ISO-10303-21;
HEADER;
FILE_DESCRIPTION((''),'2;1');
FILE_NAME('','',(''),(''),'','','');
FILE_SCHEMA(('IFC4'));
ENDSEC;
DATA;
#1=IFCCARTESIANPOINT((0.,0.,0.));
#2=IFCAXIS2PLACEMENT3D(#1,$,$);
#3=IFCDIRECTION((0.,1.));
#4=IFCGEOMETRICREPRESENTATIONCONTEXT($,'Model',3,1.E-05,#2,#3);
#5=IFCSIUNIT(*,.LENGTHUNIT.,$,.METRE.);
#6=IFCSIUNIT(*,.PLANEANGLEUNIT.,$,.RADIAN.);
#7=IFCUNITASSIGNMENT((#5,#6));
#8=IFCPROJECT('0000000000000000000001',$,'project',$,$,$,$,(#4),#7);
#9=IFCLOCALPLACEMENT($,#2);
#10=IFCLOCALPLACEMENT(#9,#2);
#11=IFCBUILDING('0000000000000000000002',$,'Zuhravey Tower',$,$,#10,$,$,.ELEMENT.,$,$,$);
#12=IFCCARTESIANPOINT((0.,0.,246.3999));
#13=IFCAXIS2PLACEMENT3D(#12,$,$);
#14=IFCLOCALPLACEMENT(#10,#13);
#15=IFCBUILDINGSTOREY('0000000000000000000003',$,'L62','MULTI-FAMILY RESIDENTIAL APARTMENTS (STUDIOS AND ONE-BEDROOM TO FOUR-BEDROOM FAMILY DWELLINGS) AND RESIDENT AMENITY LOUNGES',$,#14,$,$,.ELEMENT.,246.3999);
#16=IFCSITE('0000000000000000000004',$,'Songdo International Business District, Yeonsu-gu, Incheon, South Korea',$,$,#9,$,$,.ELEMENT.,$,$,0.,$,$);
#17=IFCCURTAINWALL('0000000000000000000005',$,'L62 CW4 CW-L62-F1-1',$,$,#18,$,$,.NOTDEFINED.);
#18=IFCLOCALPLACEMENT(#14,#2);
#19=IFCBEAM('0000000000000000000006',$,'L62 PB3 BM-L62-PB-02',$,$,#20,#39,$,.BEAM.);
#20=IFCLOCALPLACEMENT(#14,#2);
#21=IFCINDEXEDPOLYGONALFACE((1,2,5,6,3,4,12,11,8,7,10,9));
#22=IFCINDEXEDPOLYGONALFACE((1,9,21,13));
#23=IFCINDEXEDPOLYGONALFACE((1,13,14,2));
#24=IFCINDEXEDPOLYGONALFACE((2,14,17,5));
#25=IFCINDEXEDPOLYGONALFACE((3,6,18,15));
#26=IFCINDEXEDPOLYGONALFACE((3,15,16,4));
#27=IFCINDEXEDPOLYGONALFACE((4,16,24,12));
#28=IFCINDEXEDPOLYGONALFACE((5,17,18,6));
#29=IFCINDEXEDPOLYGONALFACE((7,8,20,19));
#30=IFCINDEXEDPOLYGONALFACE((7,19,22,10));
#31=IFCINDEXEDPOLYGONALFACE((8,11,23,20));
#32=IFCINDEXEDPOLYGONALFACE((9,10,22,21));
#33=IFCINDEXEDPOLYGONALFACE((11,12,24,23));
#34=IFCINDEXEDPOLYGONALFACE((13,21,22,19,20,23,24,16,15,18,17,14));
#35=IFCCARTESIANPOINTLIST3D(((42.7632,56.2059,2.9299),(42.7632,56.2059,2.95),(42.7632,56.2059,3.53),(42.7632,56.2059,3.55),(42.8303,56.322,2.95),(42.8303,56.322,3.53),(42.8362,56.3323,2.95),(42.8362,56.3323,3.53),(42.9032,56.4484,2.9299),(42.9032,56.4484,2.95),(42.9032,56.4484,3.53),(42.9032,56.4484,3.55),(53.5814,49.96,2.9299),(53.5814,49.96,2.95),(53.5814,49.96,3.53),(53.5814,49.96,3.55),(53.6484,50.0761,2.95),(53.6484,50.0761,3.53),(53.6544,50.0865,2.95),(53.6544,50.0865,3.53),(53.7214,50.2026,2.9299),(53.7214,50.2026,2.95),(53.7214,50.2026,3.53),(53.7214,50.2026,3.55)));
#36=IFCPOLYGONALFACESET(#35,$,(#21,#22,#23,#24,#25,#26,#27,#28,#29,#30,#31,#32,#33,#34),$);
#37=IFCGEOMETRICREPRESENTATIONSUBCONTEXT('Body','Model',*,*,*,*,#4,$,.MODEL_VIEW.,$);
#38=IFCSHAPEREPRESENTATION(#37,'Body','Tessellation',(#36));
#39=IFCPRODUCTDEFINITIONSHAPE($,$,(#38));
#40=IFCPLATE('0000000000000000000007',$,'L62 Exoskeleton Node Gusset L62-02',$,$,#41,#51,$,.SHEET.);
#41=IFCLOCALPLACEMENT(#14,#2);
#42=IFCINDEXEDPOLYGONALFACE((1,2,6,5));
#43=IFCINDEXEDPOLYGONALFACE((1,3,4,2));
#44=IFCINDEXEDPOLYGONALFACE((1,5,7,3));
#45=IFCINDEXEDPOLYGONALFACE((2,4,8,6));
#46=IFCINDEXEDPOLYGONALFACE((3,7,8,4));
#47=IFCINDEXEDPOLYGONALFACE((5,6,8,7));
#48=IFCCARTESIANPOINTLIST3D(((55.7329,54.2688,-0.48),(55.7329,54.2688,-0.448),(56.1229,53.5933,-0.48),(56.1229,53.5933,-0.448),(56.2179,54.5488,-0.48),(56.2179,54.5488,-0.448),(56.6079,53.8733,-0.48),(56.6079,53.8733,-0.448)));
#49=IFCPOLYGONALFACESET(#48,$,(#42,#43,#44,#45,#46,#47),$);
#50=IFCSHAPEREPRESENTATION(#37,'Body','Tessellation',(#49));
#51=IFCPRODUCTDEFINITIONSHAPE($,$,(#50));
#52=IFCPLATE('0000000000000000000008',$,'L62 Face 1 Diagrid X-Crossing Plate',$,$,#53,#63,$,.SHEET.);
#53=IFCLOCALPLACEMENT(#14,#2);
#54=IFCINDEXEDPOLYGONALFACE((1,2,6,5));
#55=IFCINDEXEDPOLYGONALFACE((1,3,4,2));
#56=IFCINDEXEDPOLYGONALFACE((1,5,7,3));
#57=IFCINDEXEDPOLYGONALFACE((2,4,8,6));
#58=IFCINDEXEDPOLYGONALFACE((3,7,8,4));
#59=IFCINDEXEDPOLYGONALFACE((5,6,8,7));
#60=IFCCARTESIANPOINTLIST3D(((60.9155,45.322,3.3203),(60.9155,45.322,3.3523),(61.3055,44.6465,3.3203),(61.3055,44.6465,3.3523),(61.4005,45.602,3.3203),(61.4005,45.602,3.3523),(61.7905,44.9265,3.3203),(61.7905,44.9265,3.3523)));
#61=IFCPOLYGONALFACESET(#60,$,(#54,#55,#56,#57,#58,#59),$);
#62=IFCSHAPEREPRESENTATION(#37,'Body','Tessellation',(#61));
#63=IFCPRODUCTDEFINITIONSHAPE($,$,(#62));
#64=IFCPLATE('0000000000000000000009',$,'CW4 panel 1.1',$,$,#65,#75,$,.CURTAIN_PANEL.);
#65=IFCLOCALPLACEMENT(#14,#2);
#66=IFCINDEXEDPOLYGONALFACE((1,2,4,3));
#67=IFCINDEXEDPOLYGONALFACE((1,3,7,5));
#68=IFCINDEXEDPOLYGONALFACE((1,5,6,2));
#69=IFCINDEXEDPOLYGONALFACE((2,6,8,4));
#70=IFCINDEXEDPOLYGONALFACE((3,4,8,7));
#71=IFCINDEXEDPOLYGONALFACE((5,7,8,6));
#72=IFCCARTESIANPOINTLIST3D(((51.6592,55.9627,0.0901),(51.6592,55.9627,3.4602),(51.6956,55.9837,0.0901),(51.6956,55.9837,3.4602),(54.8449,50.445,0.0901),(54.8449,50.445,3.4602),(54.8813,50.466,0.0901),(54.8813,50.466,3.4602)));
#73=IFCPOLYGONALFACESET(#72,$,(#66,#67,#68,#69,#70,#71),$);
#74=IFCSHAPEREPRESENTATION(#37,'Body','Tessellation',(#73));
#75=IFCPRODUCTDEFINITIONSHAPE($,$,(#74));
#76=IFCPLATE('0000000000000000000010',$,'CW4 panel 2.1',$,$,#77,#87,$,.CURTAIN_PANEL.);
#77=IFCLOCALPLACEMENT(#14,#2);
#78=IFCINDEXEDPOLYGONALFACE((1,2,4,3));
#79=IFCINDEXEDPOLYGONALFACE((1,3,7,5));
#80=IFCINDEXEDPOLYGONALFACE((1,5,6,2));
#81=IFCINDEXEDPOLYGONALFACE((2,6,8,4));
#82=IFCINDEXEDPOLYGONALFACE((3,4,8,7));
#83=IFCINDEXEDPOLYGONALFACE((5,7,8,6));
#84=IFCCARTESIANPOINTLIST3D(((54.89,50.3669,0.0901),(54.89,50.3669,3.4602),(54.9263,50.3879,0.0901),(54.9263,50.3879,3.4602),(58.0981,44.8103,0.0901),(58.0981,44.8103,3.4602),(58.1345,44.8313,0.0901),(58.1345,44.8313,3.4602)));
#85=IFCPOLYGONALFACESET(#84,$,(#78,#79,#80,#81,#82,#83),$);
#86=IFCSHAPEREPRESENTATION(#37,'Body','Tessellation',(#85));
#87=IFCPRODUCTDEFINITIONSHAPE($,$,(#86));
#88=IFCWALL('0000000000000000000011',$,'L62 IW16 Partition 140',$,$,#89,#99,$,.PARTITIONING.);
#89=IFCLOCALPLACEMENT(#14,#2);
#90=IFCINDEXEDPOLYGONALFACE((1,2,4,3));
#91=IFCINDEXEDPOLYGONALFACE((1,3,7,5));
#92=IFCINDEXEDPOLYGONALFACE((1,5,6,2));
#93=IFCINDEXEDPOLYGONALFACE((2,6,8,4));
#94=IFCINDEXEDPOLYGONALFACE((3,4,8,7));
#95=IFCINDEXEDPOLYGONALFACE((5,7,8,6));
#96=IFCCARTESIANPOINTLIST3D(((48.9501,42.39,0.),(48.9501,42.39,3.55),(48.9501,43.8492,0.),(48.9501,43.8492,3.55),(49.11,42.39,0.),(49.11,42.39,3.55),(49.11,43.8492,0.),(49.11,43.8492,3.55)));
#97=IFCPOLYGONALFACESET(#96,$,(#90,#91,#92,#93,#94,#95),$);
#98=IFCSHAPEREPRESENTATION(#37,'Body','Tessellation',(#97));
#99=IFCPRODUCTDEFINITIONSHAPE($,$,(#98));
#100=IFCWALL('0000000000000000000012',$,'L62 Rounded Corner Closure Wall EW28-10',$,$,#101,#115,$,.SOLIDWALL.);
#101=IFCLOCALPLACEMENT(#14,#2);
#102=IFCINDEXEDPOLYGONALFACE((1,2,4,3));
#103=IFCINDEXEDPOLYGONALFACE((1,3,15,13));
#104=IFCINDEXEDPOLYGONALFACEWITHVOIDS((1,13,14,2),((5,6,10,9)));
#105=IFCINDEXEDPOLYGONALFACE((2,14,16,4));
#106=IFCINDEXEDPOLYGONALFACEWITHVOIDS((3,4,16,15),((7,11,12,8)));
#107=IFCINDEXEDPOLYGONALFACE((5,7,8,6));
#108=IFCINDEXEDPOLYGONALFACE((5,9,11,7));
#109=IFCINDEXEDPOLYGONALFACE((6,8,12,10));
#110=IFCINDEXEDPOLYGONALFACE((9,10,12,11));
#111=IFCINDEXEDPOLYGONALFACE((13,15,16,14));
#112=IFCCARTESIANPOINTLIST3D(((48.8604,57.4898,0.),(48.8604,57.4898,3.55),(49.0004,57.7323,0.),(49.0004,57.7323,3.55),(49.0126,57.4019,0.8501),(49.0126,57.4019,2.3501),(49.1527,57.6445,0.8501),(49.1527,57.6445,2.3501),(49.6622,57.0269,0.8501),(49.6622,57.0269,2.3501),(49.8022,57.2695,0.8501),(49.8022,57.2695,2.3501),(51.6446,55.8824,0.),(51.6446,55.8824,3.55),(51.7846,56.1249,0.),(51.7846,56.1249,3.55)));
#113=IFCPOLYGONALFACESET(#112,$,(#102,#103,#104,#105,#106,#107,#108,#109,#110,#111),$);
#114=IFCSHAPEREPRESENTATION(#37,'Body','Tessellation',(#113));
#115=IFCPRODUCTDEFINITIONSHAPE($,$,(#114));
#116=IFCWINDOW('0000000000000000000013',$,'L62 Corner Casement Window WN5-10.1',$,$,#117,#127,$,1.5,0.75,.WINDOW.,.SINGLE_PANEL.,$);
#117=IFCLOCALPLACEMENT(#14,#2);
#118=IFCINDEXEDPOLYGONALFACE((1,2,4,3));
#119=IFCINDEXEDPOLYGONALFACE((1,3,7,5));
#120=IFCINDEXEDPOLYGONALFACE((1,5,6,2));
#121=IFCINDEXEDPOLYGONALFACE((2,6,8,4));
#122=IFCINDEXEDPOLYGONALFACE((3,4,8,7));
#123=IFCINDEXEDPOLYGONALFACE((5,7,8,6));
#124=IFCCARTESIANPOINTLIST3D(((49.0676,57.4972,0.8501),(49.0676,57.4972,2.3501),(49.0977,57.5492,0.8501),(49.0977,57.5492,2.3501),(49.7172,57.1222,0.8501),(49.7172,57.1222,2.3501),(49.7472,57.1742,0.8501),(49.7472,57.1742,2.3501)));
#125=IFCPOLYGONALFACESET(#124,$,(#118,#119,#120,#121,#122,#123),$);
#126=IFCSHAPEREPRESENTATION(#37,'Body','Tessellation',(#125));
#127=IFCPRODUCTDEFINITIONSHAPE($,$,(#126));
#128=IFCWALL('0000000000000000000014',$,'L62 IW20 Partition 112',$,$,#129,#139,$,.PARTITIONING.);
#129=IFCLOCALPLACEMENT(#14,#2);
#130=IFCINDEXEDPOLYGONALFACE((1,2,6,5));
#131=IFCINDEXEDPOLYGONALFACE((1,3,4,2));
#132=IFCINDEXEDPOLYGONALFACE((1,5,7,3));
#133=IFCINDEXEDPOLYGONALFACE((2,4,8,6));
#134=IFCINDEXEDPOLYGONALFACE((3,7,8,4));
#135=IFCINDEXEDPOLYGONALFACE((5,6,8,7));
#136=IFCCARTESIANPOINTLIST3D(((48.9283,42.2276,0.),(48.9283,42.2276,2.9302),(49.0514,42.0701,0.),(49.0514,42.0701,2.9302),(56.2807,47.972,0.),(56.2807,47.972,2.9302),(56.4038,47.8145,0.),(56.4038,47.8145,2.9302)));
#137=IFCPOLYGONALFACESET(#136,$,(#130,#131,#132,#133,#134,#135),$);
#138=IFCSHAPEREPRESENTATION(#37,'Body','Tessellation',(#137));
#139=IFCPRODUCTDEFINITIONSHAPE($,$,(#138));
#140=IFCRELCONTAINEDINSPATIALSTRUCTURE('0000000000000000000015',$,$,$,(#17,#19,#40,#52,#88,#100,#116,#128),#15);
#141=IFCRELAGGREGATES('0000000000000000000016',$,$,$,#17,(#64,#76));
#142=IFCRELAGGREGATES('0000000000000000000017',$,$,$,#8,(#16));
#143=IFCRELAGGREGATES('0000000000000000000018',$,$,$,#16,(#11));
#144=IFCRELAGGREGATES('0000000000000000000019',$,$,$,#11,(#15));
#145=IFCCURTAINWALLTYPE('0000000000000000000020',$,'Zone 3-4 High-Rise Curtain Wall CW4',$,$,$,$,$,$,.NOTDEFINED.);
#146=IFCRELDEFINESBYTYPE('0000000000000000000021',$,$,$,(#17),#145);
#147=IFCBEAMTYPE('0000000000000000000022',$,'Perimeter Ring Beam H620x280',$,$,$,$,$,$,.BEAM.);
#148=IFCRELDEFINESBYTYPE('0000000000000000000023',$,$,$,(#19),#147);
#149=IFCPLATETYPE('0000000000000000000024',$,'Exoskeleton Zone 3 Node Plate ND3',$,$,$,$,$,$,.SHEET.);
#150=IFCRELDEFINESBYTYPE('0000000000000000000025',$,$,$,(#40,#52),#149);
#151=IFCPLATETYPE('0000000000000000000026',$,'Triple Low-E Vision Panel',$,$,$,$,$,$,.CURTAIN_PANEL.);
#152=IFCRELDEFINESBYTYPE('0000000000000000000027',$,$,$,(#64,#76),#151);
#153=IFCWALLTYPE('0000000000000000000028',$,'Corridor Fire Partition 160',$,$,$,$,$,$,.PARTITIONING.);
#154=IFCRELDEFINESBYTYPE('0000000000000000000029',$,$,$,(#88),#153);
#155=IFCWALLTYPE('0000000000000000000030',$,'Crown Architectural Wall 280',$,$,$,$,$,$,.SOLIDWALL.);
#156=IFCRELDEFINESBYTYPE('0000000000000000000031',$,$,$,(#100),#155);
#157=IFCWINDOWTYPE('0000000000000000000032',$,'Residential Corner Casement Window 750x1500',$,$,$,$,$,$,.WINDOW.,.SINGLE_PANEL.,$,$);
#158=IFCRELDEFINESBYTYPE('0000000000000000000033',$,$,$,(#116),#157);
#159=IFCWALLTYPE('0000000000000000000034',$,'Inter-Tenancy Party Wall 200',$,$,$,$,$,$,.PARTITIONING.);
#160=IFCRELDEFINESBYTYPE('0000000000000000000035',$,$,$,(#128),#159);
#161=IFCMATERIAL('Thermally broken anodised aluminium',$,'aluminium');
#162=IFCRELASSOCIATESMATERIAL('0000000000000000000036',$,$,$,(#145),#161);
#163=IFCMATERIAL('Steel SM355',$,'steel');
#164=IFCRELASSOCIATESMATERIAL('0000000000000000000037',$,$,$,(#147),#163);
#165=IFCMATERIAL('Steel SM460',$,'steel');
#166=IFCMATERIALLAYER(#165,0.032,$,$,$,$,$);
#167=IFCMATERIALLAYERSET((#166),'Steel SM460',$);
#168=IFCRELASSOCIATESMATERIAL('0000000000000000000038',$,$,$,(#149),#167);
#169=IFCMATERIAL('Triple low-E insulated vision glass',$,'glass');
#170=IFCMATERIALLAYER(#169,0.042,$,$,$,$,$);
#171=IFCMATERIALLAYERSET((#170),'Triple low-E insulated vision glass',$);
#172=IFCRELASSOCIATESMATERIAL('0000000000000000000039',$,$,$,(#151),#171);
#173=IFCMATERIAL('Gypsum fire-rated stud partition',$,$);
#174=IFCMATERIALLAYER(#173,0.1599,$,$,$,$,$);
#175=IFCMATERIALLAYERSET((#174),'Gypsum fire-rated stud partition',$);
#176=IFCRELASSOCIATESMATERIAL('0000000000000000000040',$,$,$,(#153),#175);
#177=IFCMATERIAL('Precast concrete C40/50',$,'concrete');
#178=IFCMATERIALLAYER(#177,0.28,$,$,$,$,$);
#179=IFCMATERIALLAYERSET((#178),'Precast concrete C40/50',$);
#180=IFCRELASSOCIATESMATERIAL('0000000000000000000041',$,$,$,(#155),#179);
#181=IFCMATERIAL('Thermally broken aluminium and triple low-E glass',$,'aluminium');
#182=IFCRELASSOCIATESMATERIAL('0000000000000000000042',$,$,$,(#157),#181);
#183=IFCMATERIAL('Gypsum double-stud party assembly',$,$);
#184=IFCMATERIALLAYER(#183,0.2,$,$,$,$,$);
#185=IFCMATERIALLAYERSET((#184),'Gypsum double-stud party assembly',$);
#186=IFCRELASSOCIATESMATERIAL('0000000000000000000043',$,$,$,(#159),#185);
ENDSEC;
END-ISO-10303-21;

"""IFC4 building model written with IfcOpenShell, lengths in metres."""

from ifc_helpers import new_model, si_unit, direction, frame, frame_2d, origin, origin_2d, place, context, subcontext, project, spatial, rectangle, i_section, extrude, material, layer, layer_set, material_profile, profile_set, type_object, element, fill, aggregate, save


model = new_model("IFC4")

# Units and contexts
model_context = context("Model", 3, precision=1e-05, world=origin(), true_north=direction((0.0, 1.0)))
body_context = subcontext(model_context, "Body", "Model", "MODEL_VIEW")
ifc_project = project(units=[si_unit("LENGTHUNIT", "METRE"), si_unit("PLANEANGLEUNIT", "RADIAN")], contexts=[model_context])

# Site, building, storey
site_placement = place(None, origin())
site = spatial("IfcSite", under=ifc_project, at=site_placement, Name="Songdo International Business District, Yeonsu-gu, Incheon, South Korea", CompositionType="ELEMENT", RefElevation=0.0)
building_placement = place(site_placement, origin())
building = spatial("IfcBuilding", under=site, at=building_placement, Name="Zuhravey Tower", CompositionType="ELEMENT")
storey_placement = place(building_placement, frame((0.0, 0.0, 246.3999)))
storey = spatial("IfcBuildingStorey", under=building, at=storey_placement, Name="L62", Description="MULTI-FAMILY RESIDENTIAL APARTMENTS (STUDIOS AND ONE-BEDROOM TO FOUR-BEDROOM FAMILY DWELLINGS) AND RESIDENT AMENITY LOUNGES", CompositionType="ELEMENT", Elevation=246.3999)

# Shared definitions
ifc_material_1 = material(Name="Thermally broken anodised aluminium", Category="aluminium")
curtain_wall_type = type_object("IfcCurtainWallType", Name="Zone 3-4 High-Rise Curtain Wall CW4", PredefinedType="NOTDEFINED", material=ifc_material_1)

# Curtain wall
curtain_wall_1_placement = place(storey_placement, origin())
curtain_wall_1 = element("IfcCurtainWall", 1, at=curtain_wall_1_placement, inside=storey, type_object=curtain_wall_type, Name="L62 CW4 CW-L62-F1-1", PredefinedType="NOTDEFINED")

# Shared definitions
ifc_material_2 = material(Name="Steel SM355", Category="steel")

# Beam
ifc_material_profile_1 = material_profile(ifc_material_2, i_section(OverallWidth=0.28, OverallDepth=0.6201, WebThickness=0.012, FlangeThickness=0.02, at=origin_2d()), Name="H-620x280x12x20")
ifc_profile_set_1 = profile_set([ifc_material_profile_1], Name="Steel SM355")
beam_type = type_object("IfcBeamType", Name="Perimeter Ring Beam H620x280", PredefinedType="BEAM", material=ifc_profile_set_1)
beam_placement = place(storey_placement, frame((53.6514, 50.0813, 3.24), z_axis=(-0.866025, 0.5, 0.0), x_axis=(-0.5, -0.866025, 0.0)))
element("IfcBeam", 2, at=beam_placement, inside=storey, type_object=beam_type, Name="L62 PB3 BM-L62-PB-02", PredefinedType="BEAM", context=body_context, shape_type="SweptSolid", body=[
    extrude(i_section(OverallWidth=0.28, OverallDepth=0.6201, WebThickness=0.012, FlangeThickness=0.02, at=origin_2d()), origin(), (0.0, 0.0, 1.0), 12.4917),
])

# Plates
ifc_material_3 = material(Name="Steel SM460", Category="steel")
ifc_layer_1 = layer(ifc_material_3, 0.032)
ifc_layer_set_1 = layer_set([ifc_layer_1], Name="Steel SM460")
plate_type_1 = type_object("IfcPlateType", Name="Exoskeleton Zone 3 Node Plate ND3", PredefinedType="SHEET", material=ifc_layer_set_1)
for number, where, z_axis, x_axis, name in (
    (3, (56.1704, 54.071, -0.48), (0.0, 0.0, 1.0), (-0.5, 0.866025, 0.0), "L62 Exoskeleton Node Gusset L62-02"),
    (4, (61.353, 45.1243, 3.3203), (0.0, 0.0, 1.0), (-0.5, 0.866025, 0.0), "L62 Face 1 Diagrid X-Crossing Plate"),
):
    element("IfcPlate", number, at=place(storey_placement, frame(where, z_axis=z_axis, x_axis=x_axis)), inside=storey, type_object=plate_type_1, Name=name, PredefinedType="SHEET", context=body_context, shape_type="SweptSolid", body=[
        extrude(rectangle(XDim=0.78, YDim=0.5601, at=origin_2d()), origin(), (0.0, 0.0, 1.0), 0.032),
    ])

# Plates
ifc_material_4 = material(Name="Triple low-E insulated vision glass", Category="glass")
ifc_layer_2 = layer(ifc_material_4, 0.042)
ifc_layer_set_2 = layer_set([ifc_layer_2], Name="Triple low-E insulated vision glass")
plate_type_2 = type_object("IfcPlateType", Name="Triple Low-E Vision Panel", PredefinedType="CURTAIN_PANEL", material=ifc_layer_set_2)
plate_1_placement = place(storey_placement, frame((53.2703, 53.2144, 0.0901), z_axis=(0.0, 0.0, 1.0), x_axis=(0.500001, -0.866025, 0.0)))
plate_1 = element("IfcPlate", 5, at=plate_1_placement, type_object=plate_type_2, Name="CW4 panel 1.1", PredefinedType="CURTAIN_PANEL", context=body_context, shape_type="SweptSolid", body=[
    extrude(rectangle(XDim=6.3713, YDim=0.042, at=origin_2d()), origin(), (0.0, 0.0, 1.0), 3.3701),
])
plate_2_placement = place(storey_placement, frame((56.5122, 47.5991, 0.0901), z_axis=(0.0, 0.0, 1.0), x_axis=(0.500001, -0.866025, 0.0)))
plate_2 = element("IfcPlate", 6, at=plate_2_placement, type_object=plate_type_2, Name="CW4 panel 2.1", PredefinedType="CURTAIN_PANEL", context=body_context, shape_type="SweptSolid", body=[
    extrude(rectangle(XDim=6.4163, YDim=0.042, at=origin_2d()), origin(), (0.0, 0.0, 1.0), 3.3701),
])
aggregate(curtain_wall_1, [plate_1, plate_2])

# Shared definitions
ifc_material_5 = material(Name="Gypsum fire-rated stud partition")
ifc_layer_3 = layer(ifc_material_5, 0.1599)
ifc_layer_set_3 = layer_set([ifc_layer_3], Name="Gypsum fire-rated stud partition")
wall_type_1 = type_object("IfcWallType", Name="Corridor Fire Partition 160", PredefinedType="PARTITIONING", material=ifc_layer_set_3)

# Wall
wall_1_placement = place(storey_placement, frame((49.03, 42.3901, 0.0), z_axis=(0.0, 0.0, 1.0), x_axis=(0.0, 1.0, 0.0)))
element("IfcWall", 7, at=wall_1_placement, inside=storey, type_object=wall_type_1, Name="L62 IW16 Partition 140", PredefinedType="PARTITIONING", context=body_context, shape_type="SweptSolid", body=[
    extrude(rectangle(XDim=1.4592, YDim=0.1599, at=frame_2d((0.7295, 0.0))), origin(), (0.0, 0.0, 1.0), 3.55),
])

# Wall, opening, window
ifc_material_6 = material(Name="Precast concrete C40/50", Category="concrete")
ifc_layer_4 = layer(ifc_material_6, 0.28)
ifc_layer_set_4 = layer_set([ifc_layer_4], Name="Precast concrete C40/50")
wall_type_2 = type_object("IfcWallType", Name="Crown Architectural Wall 280", PredefinedType="SOLIDWALL", material=ifc_layer_set_4)
wall_2_placement = place(storey_placement, frame((48.9304, 57.6111, 0.0), z_axis=(0.0, 0.0, 1.0), x_axis=(0.866029, -0.499994, 0.0)))
wall_2 = element("IfcWall", 8, at=wall_2_placement, inside=storey, type_object=wall_type_2, Name="L62 Rounded Corner Closure Wall EW28-10", PredefinedType="SOLIDWALL", context=body_context, shape_type="SweptSolid", body=[
    extrude(rectangle(XDim=3.2148, YDim=0.28, at=frame_2d((1.6074, 0.0))), origin(), (0.0, 0.0, 1.0), 3.55),
])
opening_1_placement = place(wall_2_placement, frame((0.1758, 0.0, 0.8501)))
opening_1 = element("IfcOpeningElement", 9, at=opening_1_placement, cuts=wall_2, PredefinedType="OPENING", context=body_context, shape_type="SweptSolid", body=[
    extrude(rectangle(XDim=0.75, YDim=1.5, at=frame_2d((0.375, 0.75))), frame((0.0, 0.1521, 0.0), z_axis=(0.0, -1.0, 0.0), x_axis=(1.0, 0.0, 0.0)), (0.0, 0.0, 1.0), 0.304),
])
ifc_material_7 = material(Name="Thermally broken aluminium and triple low-E glass", Category="aluminium")
window_type = type_object("IfcWindowType", Name="Residential Corner Casement Window 750x1500", PartitioningType="SINGLE_PANEL", PredefinedType="WINDOW", material=ifc_material_7)
window_placement = place(opening_1_placement, origin())
window = element("IfcWindow", 10, at=window_placement, inside=storey, type_object=window_type, Name="L62 Corner Casement Window WN5-10.1", OverallHeight=1.5, OverallWidth=0.75, PartitioningType="SINGLE_PANEL", PredefinedType="WINDOW", context=body_context, shape_type="SweptSolid", body=[
    extrude(rectangle(XDim=0.75, YDim=1.5, at=frame_2d((0.375, 0.75))), frame((0.0, 0.03, 0.0), z_axis=(0.0, -1.0, 0.0), x_axis=(1.0, 0.0, 0.0)), (0.0, 0.0, 1.0), 0.0601),
])
fill(opening_1, window)

# Wall
ifc_material_8 = material(Name="Gypsum double-stud party assembly")
ifc_layer_5 = layer(ifc_material_8, 0.2)
ifc_layer_set_5 = layer_set([ifc_layer_5], Name="Gypsum double-stud party assembly")
wall_type_3 = type_object("IfcWallType", Name="Inter-Tenancy Party Wall 200", PredefinedType="PARTITIONING", material=ifc_layer_set_5)
wall_3_placement = place(storey_placement, frame((48.99, 42.1489, 0.0), z_axis=(0.0, 0.0, 1.0), x_axis=(0.788003, 0.615671, 0.0)))
element("IfcWall", 11, at=wall_3_placement, inside=storey, type_object=wall_type_3, Name="L62 IW20 Partition 112", PredefinedType="PARTITIONING", context=body_context, shape_type="SweptSolid", body=[
    extrude(rectangle(XDim=9.3303, YDim=0.2, at=frame_2d((4.665, 0.0))), origin(), (0.0, 0.0, 1.0), 2.9302),
])

save(model, "model.ifc")
